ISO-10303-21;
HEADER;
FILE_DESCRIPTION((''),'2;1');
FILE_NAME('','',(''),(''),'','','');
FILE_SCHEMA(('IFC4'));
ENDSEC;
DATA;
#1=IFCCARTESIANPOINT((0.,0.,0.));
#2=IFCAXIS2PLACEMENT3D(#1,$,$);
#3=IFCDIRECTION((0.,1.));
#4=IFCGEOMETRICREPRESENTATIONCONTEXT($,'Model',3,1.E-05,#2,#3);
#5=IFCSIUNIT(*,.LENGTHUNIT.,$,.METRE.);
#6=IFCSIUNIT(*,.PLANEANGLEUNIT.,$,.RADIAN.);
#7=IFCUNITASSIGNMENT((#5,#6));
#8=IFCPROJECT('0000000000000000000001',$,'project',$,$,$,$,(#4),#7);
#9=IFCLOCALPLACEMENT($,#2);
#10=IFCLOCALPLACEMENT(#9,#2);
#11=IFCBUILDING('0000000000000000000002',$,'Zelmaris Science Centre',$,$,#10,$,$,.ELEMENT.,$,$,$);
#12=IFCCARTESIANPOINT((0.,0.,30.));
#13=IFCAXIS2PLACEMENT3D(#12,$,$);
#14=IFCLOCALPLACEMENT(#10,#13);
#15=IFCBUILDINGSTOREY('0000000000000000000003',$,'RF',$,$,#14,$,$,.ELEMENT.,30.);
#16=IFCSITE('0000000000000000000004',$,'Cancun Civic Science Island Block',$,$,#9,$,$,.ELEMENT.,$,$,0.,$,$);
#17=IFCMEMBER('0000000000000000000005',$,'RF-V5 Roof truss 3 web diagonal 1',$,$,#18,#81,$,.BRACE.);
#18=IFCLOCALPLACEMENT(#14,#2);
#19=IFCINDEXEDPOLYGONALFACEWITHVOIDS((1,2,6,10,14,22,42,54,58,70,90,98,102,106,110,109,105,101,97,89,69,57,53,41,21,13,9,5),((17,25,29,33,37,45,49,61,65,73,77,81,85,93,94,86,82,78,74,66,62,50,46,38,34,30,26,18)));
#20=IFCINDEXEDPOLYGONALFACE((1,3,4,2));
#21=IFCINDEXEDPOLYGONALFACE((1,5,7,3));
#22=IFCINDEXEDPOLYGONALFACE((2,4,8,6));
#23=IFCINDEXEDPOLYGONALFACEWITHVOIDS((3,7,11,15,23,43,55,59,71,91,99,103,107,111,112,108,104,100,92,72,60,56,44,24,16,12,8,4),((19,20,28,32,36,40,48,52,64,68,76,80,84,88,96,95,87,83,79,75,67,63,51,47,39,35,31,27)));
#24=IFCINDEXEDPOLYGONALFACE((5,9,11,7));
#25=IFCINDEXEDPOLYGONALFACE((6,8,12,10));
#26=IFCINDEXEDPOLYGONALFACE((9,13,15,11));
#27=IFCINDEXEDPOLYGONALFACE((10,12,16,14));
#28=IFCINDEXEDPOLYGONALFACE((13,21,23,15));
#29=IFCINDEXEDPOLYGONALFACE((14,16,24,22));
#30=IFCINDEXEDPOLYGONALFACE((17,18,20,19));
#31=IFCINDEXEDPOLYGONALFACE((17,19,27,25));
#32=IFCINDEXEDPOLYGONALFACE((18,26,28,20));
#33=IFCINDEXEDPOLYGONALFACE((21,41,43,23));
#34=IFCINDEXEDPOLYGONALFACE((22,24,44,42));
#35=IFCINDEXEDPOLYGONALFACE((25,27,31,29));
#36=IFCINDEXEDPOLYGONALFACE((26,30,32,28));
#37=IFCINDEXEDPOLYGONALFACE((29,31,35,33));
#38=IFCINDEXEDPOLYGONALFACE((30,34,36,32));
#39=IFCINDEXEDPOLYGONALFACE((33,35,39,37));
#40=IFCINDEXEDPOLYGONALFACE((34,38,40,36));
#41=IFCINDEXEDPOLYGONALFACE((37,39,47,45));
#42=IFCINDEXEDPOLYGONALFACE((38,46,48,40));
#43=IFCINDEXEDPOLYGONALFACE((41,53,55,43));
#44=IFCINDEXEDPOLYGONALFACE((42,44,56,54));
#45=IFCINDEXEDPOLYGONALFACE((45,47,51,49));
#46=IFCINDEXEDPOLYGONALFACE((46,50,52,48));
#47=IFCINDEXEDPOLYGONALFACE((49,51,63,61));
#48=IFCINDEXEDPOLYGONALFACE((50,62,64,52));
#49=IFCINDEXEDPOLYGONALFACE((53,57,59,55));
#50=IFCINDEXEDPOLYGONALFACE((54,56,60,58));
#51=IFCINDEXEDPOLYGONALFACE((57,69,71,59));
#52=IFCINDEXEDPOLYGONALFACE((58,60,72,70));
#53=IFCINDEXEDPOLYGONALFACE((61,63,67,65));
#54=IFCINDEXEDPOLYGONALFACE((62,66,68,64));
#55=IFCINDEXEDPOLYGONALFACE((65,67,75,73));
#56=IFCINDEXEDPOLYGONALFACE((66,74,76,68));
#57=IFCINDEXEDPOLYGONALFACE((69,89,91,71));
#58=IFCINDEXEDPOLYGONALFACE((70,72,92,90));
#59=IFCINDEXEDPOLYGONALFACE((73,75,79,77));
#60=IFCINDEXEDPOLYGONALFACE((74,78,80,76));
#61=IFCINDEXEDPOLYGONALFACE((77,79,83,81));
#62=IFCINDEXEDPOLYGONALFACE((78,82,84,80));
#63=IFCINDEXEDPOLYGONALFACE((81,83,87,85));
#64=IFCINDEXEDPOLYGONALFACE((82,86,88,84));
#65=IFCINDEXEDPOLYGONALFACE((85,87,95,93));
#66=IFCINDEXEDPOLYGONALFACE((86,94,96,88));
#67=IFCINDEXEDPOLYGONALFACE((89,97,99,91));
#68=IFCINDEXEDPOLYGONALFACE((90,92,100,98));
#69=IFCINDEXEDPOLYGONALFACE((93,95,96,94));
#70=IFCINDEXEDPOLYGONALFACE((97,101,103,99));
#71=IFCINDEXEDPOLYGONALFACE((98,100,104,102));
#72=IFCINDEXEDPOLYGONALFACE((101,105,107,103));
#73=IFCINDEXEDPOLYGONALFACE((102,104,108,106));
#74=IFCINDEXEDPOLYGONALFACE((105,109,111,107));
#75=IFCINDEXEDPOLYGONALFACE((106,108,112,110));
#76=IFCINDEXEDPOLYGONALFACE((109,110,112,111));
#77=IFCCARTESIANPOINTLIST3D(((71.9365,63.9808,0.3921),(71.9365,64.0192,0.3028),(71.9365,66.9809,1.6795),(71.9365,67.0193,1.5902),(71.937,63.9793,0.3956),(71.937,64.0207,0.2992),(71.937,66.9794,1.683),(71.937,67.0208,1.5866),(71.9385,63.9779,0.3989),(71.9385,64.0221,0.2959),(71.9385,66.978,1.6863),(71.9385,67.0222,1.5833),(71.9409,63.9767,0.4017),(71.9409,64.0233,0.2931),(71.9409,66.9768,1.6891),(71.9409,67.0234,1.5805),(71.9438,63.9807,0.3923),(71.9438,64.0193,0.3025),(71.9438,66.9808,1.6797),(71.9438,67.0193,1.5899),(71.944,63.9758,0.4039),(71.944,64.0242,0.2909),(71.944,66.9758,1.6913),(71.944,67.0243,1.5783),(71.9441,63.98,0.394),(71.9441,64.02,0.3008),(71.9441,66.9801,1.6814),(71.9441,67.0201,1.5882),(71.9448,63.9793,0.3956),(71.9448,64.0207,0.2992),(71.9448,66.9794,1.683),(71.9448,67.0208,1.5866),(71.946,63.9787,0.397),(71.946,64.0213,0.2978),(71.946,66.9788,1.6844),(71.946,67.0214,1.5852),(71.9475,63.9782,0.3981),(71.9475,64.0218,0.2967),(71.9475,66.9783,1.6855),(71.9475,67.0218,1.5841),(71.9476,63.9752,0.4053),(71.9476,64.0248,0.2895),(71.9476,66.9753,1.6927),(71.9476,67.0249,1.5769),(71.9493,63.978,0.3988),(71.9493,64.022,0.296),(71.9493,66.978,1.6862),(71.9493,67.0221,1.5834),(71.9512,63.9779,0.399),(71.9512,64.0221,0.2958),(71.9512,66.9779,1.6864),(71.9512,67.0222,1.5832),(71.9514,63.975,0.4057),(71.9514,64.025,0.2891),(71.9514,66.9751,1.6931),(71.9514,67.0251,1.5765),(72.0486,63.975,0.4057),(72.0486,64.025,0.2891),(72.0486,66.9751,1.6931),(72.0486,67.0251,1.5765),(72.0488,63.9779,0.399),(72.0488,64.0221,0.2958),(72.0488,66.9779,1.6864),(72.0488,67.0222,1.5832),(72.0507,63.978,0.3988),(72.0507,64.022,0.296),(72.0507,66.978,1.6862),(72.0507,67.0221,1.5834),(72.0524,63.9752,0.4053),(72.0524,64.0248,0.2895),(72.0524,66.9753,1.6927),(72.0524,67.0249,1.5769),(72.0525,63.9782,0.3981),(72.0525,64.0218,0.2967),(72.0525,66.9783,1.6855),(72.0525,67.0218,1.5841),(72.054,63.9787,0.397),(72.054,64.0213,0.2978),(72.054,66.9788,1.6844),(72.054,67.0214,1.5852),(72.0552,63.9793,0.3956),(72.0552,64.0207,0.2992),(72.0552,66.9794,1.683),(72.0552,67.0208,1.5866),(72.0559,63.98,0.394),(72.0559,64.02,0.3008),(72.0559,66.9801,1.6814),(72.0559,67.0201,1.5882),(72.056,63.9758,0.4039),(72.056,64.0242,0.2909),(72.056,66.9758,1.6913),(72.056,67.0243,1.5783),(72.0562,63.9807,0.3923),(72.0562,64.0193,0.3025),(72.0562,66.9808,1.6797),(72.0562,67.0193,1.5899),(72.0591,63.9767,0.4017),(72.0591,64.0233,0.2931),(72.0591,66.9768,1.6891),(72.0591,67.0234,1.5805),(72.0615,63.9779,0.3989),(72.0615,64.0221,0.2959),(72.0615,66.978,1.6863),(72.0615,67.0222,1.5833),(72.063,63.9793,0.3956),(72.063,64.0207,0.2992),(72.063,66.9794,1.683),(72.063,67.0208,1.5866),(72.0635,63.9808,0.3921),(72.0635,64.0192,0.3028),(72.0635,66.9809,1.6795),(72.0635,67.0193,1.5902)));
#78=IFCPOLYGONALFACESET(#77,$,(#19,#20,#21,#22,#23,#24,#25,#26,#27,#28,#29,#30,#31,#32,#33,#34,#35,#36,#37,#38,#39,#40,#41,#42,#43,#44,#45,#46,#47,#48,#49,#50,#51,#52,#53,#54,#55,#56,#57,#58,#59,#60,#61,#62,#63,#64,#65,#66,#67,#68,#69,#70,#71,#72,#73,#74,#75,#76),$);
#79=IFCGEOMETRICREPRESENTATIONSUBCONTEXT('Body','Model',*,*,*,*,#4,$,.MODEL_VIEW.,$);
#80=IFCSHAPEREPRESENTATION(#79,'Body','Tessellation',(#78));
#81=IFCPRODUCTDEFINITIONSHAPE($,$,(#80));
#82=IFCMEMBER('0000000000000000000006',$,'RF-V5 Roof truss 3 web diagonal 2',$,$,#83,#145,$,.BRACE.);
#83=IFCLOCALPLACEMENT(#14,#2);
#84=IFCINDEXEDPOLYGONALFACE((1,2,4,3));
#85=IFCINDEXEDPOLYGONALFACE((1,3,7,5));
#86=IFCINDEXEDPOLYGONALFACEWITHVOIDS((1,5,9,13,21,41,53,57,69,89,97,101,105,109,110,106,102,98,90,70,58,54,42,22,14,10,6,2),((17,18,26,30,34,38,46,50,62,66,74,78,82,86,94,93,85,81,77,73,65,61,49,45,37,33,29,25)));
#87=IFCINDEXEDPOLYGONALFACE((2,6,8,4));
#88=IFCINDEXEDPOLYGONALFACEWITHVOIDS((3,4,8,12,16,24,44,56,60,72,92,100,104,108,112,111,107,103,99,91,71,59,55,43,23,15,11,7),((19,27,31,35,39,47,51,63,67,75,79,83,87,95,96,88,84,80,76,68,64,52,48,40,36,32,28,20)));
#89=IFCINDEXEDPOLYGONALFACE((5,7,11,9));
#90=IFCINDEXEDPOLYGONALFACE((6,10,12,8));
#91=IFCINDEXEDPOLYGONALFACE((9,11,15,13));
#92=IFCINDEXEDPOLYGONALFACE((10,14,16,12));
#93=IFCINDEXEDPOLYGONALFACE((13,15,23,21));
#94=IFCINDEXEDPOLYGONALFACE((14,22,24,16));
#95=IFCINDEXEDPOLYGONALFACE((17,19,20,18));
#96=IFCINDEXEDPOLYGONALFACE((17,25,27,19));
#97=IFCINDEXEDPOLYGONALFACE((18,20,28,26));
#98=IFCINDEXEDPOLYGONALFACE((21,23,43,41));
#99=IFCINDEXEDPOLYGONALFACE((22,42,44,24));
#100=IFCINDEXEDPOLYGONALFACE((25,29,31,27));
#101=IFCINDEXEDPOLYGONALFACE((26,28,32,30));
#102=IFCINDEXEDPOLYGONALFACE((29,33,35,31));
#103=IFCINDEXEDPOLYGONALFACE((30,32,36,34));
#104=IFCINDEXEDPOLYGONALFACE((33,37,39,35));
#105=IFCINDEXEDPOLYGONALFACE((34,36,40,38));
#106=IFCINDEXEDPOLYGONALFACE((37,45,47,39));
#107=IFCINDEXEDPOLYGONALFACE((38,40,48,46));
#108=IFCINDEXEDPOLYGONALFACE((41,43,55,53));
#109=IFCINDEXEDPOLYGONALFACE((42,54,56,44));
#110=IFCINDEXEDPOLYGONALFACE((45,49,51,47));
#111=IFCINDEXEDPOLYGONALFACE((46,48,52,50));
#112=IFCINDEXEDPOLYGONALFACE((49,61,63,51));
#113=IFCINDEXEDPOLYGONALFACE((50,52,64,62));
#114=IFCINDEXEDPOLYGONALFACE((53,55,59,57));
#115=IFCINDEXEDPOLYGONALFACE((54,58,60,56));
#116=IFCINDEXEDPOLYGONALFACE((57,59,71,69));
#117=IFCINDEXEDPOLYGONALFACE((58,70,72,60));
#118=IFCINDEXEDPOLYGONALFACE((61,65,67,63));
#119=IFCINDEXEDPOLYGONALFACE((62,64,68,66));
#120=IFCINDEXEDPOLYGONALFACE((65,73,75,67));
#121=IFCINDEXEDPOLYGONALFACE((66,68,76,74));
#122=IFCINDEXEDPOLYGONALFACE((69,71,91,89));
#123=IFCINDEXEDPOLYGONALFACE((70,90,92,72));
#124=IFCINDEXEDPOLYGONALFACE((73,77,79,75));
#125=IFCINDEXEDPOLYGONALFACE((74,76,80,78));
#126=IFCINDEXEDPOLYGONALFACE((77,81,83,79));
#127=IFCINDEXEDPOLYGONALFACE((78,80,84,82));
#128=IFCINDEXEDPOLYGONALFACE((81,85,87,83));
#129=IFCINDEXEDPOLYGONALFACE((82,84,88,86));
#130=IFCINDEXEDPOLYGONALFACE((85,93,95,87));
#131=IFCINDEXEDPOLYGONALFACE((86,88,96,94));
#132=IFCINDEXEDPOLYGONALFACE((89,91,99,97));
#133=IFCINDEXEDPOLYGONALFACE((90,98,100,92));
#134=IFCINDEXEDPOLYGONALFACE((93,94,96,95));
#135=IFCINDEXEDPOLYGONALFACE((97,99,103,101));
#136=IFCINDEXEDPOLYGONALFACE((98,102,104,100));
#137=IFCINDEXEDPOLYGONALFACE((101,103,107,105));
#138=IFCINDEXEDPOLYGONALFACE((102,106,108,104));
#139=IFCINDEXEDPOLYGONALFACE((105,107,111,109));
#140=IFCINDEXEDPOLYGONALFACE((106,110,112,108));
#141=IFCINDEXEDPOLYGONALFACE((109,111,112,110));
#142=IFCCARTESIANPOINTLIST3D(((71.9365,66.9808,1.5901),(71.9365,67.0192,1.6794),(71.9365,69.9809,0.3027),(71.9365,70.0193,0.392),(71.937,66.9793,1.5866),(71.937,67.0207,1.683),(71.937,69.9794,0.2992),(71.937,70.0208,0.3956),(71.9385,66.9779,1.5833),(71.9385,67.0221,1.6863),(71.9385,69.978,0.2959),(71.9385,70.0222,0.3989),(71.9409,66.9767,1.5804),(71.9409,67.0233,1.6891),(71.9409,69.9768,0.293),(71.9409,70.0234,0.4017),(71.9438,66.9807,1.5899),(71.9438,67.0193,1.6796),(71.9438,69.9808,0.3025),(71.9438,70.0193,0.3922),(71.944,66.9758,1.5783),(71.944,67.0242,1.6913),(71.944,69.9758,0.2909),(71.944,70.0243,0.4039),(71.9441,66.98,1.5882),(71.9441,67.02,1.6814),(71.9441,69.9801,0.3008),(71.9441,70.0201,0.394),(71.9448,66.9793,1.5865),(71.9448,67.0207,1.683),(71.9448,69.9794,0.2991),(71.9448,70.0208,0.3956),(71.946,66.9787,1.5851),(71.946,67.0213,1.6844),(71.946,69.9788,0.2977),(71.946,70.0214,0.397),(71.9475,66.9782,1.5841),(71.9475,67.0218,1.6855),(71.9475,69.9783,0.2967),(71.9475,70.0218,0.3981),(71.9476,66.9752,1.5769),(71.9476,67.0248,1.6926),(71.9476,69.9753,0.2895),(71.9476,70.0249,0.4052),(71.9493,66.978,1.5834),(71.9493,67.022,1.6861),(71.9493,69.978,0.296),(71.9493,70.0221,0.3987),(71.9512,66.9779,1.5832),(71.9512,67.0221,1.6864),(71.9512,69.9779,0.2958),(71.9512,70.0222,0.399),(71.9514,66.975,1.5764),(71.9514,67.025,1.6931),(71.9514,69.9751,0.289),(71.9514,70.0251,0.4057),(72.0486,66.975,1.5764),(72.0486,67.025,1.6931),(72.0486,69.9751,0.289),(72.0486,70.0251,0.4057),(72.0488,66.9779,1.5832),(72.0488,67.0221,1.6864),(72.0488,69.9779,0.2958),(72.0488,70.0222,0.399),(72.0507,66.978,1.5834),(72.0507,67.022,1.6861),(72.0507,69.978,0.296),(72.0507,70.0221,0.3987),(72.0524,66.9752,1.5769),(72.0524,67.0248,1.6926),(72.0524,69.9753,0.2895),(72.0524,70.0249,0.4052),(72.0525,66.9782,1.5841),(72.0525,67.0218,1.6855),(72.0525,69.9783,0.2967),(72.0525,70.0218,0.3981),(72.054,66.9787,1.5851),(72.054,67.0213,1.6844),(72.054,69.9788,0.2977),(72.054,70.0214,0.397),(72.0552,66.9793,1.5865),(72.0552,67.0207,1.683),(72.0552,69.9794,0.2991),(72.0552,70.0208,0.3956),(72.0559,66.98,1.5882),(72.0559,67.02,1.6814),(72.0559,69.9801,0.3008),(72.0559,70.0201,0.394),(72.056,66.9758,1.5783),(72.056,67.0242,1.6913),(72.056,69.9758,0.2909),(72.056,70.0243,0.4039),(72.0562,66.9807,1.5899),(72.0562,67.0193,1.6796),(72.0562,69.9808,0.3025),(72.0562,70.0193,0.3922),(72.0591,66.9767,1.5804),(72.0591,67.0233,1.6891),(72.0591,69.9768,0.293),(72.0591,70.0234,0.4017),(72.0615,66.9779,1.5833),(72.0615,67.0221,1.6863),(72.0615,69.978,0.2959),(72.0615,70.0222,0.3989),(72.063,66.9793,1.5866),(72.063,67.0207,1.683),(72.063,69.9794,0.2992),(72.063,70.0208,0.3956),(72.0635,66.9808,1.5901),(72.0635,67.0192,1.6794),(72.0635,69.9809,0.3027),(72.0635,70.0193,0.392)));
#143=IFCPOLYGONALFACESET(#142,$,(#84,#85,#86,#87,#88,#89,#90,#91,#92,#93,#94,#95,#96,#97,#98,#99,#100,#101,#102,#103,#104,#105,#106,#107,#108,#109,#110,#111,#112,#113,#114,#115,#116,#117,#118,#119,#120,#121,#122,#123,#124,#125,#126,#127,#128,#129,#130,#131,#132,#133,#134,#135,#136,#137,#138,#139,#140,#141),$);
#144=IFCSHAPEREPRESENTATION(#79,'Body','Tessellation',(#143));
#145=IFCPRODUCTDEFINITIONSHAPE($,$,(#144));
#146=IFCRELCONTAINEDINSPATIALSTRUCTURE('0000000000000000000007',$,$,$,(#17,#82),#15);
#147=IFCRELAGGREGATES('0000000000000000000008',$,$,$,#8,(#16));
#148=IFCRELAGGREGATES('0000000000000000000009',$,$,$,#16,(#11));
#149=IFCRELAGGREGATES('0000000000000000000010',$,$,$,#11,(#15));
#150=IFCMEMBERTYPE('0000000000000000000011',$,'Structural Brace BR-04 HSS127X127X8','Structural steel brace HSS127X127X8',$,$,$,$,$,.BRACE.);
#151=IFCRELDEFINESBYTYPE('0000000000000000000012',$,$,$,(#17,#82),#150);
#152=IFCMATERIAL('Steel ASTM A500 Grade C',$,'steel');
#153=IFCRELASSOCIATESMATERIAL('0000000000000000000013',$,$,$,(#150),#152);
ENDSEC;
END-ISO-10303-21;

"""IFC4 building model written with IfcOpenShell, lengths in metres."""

from ifc_helpers import new_model, si_unit, direction, frame, origin, origin_2d, place, context, subcontext, project, spatial, hollow_rectangle, extrude, material, material_profile, profile_set, type_object, element, save


model = new_model("IFC4")

# Units and contexts
model_context = context("Model", 3, precision=1e-05, world=origin(), true_north=direction((0.0, 1.0)))
body_context = subcontext(model_context, "Body", "Model", "MODEL_VIEW")
ifc_project = project(units=[si_unit("LENGTHUNIT", "METRE"), si_unit("PLANEANGLEUNIT", "RADIAN")], contexts=[model_context])

# Site, building, storey
site_placement = place(None, origin())
site = spatial("IfcSite", under=ifc_project, at=site_placement, Name="Cancun Civic Science Island Block", CompositionType="ELEMENT", RefElevation=0.0)
building_placement = place(site_placement, origin())
building = spatial("IfcBuilding", under=site, at=building_placement, Name="Zelmaris Science Centre", CompositionType="ELEMENT")
storey_placement = place(building_placement, frame((0.0, 0.0, 30.0)))
storey = spatial("IfcBuildingStorey", under=building, at=storey_placement, Name="RF", CompositionType="ELEMENT", Elevation=30.0)

# Shared definitions
ifc_material = material(Name="Steel ASTM A500 Grade C", Category="steel")

# Members
ifc_material_profile_1 = material_profile(ifc_material, hollow_rectangle(XDim=0.127, YDim=0.127, WallThickness=0.0073, InnerFilletRadius=0.0073, OuterFilletRadius=0.0149, at=origin_2d()), Name="HSS127X127X8")
ifc_profile_set_1 = profile_set([ifc_material_profile_1], Name="Steel ASTM A500 Grade C")
member_type_1 = type_object("IfcMemberType", Name="Structural Brace BR-04 HSS127X127X8", Description="Structural steel brace HSS127X127X8", PredefinedType="BRACE", material=ifc_profile_set_1)
for number, where, z_axis, x_axis, name in (
    (1, (72.0, 64.0, 0.3474), (0.0, 0.918963, 0.394343), (-1.0, 0.0, 0.0), "RF-V5 Roof truss 3 web diagonal 1"),
    (2, (72.0, 67.0, 1.6348), (0.0, 0.918963, -0.394343), (-1.0, 0.0, 0.0), "RF-V5 Roof truss 3 web diagonal 2"),
):
    element("IfcMember", number, at=place(storey_placement, frame(where, z_axis=z_axis, x_axis=x_axis)), inside=storey, type_object=member_type_1, Name=name, PredefinedType="BRACE", context=body_context, shape_type="SweptSolid", body=[
        extrude(hollow_rectangle(XDim=0.127, YDim=0.127, WallThickness=0.0073, InnerFilletRadius=0.0073, OuterFilletRadius=0.0149, at=origin_2d()), origin(), (0.0, 0.0, 1.0), 3.2646),
    ])

save(model, "model.ifc")
